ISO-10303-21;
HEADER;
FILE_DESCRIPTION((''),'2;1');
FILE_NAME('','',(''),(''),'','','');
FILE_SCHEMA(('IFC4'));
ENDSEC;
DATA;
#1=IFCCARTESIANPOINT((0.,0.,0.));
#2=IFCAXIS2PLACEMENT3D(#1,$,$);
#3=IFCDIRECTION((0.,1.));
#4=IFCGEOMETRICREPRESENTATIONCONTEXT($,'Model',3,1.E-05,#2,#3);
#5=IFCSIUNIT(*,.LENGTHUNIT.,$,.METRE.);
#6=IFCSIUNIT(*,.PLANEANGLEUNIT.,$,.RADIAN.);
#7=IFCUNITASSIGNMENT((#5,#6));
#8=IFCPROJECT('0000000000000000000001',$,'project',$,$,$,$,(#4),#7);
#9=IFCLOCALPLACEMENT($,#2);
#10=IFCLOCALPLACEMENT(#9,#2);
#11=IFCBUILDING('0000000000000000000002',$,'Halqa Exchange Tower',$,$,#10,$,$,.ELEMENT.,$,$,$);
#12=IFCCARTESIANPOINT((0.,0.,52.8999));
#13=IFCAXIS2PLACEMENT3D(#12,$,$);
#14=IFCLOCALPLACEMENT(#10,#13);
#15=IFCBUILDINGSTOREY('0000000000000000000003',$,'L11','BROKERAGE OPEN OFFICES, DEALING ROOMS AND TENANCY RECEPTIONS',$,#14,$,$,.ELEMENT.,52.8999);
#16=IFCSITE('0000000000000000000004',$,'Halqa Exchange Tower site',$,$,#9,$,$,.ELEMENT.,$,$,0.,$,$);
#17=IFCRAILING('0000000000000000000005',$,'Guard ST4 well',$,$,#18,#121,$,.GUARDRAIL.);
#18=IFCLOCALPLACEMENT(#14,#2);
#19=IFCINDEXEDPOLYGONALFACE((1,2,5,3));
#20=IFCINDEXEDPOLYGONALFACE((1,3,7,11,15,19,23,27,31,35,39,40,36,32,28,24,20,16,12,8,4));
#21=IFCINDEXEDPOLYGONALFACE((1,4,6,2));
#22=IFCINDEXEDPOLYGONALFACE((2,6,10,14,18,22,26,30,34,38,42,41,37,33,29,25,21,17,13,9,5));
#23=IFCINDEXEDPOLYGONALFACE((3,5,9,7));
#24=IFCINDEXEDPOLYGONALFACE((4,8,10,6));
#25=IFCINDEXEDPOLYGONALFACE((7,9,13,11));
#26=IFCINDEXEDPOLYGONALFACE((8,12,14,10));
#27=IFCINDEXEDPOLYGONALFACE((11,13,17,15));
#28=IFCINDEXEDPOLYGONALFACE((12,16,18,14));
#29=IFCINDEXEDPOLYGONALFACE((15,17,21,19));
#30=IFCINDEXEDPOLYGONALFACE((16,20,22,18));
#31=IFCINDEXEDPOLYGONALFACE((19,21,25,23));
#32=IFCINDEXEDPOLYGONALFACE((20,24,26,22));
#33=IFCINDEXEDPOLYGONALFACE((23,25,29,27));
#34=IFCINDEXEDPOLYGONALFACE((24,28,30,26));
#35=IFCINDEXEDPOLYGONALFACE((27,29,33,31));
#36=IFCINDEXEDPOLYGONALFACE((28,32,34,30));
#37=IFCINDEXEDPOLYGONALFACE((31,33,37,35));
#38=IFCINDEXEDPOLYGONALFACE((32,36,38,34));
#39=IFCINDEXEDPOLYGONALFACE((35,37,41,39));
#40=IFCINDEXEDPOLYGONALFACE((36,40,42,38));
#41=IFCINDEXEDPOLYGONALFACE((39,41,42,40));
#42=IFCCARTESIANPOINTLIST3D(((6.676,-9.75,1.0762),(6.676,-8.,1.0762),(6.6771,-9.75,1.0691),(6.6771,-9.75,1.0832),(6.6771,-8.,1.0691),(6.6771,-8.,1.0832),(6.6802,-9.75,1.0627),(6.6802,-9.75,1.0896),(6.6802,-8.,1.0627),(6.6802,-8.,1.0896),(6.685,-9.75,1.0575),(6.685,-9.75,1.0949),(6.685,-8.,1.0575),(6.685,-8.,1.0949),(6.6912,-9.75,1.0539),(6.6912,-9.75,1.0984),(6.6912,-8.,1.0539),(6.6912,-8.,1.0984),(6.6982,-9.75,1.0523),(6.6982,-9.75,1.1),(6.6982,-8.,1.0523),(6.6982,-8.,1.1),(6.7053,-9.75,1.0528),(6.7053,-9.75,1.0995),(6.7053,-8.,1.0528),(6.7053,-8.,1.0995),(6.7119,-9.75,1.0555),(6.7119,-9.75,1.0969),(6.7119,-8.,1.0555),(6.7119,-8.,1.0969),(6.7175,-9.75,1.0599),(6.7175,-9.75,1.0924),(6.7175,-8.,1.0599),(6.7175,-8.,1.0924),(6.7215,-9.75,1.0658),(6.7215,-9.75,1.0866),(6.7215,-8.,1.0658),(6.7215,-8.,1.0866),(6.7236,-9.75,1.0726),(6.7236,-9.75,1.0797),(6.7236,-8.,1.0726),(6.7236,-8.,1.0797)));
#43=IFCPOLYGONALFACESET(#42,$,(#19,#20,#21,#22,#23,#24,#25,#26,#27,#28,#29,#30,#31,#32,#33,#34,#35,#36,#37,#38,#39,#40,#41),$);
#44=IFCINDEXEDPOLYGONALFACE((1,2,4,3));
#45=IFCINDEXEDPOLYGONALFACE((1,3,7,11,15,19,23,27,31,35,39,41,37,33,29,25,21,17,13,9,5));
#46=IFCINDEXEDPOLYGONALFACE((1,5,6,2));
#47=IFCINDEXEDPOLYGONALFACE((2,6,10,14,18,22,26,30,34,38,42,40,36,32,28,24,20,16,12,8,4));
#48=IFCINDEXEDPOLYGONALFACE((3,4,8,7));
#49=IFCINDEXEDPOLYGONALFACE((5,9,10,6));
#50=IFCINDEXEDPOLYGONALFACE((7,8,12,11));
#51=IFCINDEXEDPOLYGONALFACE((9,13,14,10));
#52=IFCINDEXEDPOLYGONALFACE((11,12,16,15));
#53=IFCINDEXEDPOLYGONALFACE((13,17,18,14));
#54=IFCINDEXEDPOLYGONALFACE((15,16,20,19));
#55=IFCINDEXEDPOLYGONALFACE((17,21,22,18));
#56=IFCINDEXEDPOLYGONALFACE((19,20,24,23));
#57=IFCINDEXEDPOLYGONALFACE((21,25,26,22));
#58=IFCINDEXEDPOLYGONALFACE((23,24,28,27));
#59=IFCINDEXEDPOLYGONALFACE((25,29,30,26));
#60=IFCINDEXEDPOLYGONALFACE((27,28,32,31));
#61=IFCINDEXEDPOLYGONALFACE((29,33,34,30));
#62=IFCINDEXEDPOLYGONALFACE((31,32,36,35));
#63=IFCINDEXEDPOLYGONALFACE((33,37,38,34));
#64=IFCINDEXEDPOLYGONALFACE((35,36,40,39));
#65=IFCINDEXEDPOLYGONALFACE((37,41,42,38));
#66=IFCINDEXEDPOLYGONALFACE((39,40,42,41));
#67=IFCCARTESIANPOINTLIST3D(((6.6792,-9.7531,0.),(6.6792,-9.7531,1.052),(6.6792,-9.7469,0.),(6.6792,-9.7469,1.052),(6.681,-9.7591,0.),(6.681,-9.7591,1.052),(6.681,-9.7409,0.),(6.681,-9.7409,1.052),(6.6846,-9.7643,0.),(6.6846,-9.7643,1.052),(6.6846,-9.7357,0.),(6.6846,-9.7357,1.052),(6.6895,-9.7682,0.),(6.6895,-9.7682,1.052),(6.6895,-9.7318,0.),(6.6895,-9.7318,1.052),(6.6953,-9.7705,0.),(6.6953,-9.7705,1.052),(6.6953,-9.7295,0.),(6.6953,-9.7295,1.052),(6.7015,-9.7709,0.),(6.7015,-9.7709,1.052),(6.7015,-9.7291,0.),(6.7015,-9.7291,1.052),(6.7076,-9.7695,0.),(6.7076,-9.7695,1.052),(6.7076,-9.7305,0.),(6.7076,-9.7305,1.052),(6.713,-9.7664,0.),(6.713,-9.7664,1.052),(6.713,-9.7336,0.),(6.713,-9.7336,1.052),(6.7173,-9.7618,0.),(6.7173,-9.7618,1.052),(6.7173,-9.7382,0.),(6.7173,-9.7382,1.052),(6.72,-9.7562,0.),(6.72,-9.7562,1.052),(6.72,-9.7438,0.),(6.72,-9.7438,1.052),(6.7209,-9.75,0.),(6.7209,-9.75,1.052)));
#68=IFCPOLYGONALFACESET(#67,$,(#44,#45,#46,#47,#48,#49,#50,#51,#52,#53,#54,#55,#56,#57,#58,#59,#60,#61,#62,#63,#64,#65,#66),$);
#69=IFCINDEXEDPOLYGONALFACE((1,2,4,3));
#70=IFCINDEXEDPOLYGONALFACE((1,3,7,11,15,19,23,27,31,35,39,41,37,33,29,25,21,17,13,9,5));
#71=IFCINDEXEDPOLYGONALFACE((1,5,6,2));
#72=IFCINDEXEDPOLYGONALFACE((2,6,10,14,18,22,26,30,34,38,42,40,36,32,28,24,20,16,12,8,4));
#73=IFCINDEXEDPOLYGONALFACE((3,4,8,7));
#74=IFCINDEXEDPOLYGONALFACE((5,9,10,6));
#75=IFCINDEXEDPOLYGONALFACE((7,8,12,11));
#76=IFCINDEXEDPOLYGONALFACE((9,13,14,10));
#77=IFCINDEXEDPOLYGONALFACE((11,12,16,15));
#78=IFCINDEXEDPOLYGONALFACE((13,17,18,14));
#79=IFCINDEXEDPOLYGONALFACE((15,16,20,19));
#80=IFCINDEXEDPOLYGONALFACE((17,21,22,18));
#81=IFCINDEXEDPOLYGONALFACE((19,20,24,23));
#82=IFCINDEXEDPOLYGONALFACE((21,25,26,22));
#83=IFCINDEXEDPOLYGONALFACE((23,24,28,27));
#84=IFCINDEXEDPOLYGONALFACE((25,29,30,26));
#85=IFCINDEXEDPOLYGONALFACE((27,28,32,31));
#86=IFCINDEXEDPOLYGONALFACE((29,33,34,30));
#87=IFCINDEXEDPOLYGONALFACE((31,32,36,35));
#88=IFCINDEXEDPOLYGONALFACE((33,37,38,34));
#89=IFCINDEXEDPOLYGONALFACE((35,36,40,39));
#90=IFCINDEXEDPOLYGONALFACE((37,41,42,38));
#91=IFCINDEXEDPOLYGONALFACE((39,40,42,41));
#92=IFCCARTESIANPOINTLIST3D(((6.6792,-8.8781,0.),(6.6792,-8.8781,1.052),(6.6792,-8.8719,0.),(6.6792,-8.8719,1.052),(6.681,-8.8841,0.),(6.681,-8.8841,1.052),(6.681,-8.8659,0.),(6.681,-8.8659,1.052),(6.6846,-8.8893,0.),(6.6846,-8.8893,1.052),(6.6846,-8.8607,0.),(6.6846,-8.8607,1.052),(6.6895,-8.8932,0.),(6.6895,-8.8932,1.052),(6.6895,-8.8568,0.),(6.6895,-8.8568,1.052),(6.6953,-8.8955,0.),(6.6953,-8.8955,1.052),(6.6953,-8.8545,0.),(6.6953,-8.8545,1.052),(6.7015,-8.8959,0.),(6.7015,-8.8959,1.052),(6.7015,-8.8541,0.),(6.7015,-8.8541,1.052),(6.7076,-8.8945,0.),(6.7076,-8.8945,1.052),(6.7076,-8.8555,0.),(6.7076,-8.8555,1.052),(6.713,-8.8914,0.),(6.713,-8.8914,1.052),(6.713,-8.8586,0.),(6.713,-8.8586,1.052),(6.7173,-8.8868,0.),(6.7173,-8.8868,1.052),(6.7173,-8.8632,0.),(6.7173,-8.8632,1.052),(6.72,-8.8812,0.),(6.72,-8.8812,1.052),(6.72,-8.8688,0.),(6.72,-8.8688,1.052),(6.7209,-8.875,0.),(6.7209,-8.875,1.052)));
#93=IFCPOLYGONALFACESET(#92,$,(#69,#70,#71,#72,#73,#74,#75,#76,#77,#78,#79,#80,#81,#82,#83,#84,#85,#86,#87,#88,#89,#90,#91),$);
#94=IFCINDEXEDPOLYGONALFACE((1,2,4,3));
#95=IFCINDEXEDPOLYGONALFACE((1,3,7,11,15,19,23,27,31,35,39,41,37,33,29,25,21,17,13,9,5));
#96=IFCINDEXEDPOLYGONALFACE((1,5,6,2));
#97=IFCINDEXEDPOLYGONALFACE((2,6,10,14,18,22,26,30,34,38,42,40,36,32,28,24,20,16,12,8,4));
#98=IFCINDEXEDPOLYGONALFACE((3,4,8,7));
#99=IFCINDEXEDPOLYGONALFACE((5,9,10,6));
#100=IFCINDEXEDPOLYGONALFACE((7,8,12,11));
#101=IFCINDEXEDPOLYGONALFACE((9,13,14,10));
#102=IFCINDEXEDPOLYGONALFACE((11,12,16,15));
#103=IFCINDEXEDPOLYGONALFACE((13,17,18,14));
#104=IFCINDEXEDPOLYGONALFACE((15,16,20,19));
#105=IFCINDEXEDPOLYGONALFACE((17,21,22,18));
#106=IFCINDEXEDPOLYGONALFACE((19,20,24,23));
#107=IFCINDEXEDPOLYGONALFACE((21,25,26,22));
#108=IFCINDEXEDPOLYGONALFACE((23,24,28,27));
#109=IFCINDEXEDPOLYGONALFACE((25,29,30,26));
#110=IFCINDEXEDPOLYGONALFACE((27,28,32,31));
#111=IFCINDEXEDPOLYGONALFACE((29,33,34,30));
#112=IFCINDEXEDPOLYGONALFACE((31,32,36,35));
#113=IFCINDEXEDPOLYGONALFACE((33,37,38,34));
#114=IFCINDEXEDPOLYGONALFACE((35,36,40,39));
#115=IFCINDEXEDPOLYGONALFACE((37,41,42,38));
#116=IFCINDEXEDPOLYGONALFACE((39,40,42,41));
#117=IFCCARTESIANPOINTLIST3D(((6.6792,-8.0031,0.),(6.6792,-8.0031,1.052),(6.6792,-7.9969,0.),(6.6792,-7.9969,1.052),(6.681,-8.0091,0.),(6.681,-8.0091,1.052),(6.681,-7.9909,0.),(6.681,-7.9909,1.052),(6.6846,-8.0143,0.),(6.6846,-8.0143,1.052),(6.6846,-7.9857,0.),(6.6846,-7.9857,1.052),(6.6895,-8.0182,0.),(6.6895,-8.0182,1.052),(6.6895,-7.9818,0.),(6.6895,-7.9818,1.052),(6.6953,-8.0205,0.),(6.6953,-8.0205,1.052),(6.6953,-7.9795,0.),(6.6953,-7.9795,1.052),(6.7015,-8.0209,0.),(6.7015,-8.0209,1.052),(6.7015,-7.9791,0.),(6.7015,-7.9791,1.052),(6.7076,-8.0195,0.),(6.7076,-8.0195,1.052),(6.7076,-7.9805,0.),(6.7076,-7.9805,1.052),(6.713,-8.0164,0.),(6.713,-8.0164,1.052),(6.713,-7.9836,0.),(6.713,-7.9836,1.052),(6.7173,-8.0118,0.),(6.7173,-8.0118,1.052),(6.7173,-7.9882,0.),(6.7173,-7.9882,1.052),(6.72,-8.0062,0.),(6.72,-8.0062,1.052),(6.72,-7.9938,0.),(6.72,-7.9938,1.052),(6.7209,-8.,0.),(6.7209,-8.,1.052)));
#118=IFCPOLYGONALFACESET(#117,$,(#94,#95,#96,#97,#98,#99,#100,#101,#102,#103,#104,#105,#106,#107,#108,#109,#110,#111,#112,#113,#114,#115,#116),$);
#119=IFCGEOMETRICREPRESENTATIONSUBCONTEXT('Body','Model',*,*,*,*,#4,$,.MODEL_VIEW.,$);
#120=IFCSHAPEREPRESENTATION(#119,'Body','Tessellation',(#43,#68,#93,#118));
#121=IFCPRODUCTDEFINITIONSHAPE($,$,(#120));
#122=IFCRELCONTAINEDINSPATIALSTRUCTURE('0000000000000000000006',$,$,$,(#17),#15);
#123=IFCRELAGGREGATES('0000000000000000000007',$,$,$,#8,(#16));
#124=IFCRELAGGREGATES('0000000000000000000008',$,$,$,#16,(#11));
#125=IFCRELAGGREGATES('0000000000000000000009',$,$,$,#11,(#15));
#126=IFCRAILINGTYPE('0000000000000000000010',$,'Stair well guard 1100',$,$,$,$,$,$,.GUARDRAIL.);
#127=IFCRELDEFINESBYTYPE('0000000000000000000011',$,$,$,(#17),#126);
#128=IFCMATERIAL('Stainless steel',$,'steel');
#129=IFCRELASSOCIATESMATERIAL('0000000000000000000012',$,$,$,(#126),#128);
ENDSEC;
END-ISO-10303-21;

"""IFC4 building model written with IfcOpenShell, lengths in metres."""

from ifc_helpers import new_model, si_unit, direction, frame, origin, origin_2d, place, context, subcontext, project, spatial, circle, extrude, material, type_object, element, save


model = new_model("IFC4")

# Units and contexts
model_context = context("Model", 3, precision=1e-05, world=origin(), true_north=direction((0.0, 1.0)))
body_context = subcontext(model_context, "Body", "Model", "MODEL_VIEW")
ifc_project = project(units=[si_unit("LENGTHUNIT", "METRE"), si_unit("PLANEANGLEUNIT", "RADIAN")], contexts=[model_context])

# Site, building, storey
site_placement = place(None, origin())
site = spatial("IfcSite", under=ifc_project, at=site_placement, Name="Halqa Exchange Tower site", CompositionType="ELEMENT", RefElevation=0.0)
building_placement = place(site_placement, origin())
building = spatial("IfcBuilding", under=site, at=building_placement, Name="Halqa Exchange Tower", CompositionType="ELEMENT")
storey_placement = place(building_placement, frame((0.0, 0.0, 52.8999)))
storey = spatial("IfcBuildingStorey", under=building, at=storey_placement, Name="L11", Description="BROKERAGE OPEN OFFICES, DEALING ROOMS AND TENANCY RECEPTIONS", CompositionType="ELEMENT", Elevation=52.8999)

# Railing
ifc_material_1 = material(Name="Stainless steel", Category="steel")
railing_type_1 = type_object("IfcRailingType", Name="Stair well guard 1100", PredefinedType="GUARDRAIL", material=ifc_material_1)
railing_1_placement = place(storey_placement, frame((6.7, -9.75, 0.0)))
element("IfcRailing", 1, at=railing_1_placement, inside=storey, type_object=railing_type_1, Name="Guard ST4 well", PredefinedType="GUARDRAIL", context=body_context, shape_type="SweptSolid", body=[
    extrude(circle(Radius=0.0239, at=origin_2d()), frame((0.0, 0.0, 1.0762), z_axis=(0.0, 1.0, 0.0), x_axis=(-1.0, 0.0, 0.0)), (0.0, 0.0, 1.0), 1.75),
    extrude(circle(Radius=0.021, at=origin_2d()), origin(), (0.0, 0.0, 1.0), 1.052),
    extrude(circle(Radius=0.021, at=origin_2d()), frame((0.0, 0.875, 0.0)), (0.0, 0.0, 1.0), 1.052),
    extrude(circle(Radius=0.021, at=origin_2d()), frame((0.0, 1.75, 0.0)), (0.0, 0.0, 1.0), 1.052),
])

save(model, "model.ifc")
